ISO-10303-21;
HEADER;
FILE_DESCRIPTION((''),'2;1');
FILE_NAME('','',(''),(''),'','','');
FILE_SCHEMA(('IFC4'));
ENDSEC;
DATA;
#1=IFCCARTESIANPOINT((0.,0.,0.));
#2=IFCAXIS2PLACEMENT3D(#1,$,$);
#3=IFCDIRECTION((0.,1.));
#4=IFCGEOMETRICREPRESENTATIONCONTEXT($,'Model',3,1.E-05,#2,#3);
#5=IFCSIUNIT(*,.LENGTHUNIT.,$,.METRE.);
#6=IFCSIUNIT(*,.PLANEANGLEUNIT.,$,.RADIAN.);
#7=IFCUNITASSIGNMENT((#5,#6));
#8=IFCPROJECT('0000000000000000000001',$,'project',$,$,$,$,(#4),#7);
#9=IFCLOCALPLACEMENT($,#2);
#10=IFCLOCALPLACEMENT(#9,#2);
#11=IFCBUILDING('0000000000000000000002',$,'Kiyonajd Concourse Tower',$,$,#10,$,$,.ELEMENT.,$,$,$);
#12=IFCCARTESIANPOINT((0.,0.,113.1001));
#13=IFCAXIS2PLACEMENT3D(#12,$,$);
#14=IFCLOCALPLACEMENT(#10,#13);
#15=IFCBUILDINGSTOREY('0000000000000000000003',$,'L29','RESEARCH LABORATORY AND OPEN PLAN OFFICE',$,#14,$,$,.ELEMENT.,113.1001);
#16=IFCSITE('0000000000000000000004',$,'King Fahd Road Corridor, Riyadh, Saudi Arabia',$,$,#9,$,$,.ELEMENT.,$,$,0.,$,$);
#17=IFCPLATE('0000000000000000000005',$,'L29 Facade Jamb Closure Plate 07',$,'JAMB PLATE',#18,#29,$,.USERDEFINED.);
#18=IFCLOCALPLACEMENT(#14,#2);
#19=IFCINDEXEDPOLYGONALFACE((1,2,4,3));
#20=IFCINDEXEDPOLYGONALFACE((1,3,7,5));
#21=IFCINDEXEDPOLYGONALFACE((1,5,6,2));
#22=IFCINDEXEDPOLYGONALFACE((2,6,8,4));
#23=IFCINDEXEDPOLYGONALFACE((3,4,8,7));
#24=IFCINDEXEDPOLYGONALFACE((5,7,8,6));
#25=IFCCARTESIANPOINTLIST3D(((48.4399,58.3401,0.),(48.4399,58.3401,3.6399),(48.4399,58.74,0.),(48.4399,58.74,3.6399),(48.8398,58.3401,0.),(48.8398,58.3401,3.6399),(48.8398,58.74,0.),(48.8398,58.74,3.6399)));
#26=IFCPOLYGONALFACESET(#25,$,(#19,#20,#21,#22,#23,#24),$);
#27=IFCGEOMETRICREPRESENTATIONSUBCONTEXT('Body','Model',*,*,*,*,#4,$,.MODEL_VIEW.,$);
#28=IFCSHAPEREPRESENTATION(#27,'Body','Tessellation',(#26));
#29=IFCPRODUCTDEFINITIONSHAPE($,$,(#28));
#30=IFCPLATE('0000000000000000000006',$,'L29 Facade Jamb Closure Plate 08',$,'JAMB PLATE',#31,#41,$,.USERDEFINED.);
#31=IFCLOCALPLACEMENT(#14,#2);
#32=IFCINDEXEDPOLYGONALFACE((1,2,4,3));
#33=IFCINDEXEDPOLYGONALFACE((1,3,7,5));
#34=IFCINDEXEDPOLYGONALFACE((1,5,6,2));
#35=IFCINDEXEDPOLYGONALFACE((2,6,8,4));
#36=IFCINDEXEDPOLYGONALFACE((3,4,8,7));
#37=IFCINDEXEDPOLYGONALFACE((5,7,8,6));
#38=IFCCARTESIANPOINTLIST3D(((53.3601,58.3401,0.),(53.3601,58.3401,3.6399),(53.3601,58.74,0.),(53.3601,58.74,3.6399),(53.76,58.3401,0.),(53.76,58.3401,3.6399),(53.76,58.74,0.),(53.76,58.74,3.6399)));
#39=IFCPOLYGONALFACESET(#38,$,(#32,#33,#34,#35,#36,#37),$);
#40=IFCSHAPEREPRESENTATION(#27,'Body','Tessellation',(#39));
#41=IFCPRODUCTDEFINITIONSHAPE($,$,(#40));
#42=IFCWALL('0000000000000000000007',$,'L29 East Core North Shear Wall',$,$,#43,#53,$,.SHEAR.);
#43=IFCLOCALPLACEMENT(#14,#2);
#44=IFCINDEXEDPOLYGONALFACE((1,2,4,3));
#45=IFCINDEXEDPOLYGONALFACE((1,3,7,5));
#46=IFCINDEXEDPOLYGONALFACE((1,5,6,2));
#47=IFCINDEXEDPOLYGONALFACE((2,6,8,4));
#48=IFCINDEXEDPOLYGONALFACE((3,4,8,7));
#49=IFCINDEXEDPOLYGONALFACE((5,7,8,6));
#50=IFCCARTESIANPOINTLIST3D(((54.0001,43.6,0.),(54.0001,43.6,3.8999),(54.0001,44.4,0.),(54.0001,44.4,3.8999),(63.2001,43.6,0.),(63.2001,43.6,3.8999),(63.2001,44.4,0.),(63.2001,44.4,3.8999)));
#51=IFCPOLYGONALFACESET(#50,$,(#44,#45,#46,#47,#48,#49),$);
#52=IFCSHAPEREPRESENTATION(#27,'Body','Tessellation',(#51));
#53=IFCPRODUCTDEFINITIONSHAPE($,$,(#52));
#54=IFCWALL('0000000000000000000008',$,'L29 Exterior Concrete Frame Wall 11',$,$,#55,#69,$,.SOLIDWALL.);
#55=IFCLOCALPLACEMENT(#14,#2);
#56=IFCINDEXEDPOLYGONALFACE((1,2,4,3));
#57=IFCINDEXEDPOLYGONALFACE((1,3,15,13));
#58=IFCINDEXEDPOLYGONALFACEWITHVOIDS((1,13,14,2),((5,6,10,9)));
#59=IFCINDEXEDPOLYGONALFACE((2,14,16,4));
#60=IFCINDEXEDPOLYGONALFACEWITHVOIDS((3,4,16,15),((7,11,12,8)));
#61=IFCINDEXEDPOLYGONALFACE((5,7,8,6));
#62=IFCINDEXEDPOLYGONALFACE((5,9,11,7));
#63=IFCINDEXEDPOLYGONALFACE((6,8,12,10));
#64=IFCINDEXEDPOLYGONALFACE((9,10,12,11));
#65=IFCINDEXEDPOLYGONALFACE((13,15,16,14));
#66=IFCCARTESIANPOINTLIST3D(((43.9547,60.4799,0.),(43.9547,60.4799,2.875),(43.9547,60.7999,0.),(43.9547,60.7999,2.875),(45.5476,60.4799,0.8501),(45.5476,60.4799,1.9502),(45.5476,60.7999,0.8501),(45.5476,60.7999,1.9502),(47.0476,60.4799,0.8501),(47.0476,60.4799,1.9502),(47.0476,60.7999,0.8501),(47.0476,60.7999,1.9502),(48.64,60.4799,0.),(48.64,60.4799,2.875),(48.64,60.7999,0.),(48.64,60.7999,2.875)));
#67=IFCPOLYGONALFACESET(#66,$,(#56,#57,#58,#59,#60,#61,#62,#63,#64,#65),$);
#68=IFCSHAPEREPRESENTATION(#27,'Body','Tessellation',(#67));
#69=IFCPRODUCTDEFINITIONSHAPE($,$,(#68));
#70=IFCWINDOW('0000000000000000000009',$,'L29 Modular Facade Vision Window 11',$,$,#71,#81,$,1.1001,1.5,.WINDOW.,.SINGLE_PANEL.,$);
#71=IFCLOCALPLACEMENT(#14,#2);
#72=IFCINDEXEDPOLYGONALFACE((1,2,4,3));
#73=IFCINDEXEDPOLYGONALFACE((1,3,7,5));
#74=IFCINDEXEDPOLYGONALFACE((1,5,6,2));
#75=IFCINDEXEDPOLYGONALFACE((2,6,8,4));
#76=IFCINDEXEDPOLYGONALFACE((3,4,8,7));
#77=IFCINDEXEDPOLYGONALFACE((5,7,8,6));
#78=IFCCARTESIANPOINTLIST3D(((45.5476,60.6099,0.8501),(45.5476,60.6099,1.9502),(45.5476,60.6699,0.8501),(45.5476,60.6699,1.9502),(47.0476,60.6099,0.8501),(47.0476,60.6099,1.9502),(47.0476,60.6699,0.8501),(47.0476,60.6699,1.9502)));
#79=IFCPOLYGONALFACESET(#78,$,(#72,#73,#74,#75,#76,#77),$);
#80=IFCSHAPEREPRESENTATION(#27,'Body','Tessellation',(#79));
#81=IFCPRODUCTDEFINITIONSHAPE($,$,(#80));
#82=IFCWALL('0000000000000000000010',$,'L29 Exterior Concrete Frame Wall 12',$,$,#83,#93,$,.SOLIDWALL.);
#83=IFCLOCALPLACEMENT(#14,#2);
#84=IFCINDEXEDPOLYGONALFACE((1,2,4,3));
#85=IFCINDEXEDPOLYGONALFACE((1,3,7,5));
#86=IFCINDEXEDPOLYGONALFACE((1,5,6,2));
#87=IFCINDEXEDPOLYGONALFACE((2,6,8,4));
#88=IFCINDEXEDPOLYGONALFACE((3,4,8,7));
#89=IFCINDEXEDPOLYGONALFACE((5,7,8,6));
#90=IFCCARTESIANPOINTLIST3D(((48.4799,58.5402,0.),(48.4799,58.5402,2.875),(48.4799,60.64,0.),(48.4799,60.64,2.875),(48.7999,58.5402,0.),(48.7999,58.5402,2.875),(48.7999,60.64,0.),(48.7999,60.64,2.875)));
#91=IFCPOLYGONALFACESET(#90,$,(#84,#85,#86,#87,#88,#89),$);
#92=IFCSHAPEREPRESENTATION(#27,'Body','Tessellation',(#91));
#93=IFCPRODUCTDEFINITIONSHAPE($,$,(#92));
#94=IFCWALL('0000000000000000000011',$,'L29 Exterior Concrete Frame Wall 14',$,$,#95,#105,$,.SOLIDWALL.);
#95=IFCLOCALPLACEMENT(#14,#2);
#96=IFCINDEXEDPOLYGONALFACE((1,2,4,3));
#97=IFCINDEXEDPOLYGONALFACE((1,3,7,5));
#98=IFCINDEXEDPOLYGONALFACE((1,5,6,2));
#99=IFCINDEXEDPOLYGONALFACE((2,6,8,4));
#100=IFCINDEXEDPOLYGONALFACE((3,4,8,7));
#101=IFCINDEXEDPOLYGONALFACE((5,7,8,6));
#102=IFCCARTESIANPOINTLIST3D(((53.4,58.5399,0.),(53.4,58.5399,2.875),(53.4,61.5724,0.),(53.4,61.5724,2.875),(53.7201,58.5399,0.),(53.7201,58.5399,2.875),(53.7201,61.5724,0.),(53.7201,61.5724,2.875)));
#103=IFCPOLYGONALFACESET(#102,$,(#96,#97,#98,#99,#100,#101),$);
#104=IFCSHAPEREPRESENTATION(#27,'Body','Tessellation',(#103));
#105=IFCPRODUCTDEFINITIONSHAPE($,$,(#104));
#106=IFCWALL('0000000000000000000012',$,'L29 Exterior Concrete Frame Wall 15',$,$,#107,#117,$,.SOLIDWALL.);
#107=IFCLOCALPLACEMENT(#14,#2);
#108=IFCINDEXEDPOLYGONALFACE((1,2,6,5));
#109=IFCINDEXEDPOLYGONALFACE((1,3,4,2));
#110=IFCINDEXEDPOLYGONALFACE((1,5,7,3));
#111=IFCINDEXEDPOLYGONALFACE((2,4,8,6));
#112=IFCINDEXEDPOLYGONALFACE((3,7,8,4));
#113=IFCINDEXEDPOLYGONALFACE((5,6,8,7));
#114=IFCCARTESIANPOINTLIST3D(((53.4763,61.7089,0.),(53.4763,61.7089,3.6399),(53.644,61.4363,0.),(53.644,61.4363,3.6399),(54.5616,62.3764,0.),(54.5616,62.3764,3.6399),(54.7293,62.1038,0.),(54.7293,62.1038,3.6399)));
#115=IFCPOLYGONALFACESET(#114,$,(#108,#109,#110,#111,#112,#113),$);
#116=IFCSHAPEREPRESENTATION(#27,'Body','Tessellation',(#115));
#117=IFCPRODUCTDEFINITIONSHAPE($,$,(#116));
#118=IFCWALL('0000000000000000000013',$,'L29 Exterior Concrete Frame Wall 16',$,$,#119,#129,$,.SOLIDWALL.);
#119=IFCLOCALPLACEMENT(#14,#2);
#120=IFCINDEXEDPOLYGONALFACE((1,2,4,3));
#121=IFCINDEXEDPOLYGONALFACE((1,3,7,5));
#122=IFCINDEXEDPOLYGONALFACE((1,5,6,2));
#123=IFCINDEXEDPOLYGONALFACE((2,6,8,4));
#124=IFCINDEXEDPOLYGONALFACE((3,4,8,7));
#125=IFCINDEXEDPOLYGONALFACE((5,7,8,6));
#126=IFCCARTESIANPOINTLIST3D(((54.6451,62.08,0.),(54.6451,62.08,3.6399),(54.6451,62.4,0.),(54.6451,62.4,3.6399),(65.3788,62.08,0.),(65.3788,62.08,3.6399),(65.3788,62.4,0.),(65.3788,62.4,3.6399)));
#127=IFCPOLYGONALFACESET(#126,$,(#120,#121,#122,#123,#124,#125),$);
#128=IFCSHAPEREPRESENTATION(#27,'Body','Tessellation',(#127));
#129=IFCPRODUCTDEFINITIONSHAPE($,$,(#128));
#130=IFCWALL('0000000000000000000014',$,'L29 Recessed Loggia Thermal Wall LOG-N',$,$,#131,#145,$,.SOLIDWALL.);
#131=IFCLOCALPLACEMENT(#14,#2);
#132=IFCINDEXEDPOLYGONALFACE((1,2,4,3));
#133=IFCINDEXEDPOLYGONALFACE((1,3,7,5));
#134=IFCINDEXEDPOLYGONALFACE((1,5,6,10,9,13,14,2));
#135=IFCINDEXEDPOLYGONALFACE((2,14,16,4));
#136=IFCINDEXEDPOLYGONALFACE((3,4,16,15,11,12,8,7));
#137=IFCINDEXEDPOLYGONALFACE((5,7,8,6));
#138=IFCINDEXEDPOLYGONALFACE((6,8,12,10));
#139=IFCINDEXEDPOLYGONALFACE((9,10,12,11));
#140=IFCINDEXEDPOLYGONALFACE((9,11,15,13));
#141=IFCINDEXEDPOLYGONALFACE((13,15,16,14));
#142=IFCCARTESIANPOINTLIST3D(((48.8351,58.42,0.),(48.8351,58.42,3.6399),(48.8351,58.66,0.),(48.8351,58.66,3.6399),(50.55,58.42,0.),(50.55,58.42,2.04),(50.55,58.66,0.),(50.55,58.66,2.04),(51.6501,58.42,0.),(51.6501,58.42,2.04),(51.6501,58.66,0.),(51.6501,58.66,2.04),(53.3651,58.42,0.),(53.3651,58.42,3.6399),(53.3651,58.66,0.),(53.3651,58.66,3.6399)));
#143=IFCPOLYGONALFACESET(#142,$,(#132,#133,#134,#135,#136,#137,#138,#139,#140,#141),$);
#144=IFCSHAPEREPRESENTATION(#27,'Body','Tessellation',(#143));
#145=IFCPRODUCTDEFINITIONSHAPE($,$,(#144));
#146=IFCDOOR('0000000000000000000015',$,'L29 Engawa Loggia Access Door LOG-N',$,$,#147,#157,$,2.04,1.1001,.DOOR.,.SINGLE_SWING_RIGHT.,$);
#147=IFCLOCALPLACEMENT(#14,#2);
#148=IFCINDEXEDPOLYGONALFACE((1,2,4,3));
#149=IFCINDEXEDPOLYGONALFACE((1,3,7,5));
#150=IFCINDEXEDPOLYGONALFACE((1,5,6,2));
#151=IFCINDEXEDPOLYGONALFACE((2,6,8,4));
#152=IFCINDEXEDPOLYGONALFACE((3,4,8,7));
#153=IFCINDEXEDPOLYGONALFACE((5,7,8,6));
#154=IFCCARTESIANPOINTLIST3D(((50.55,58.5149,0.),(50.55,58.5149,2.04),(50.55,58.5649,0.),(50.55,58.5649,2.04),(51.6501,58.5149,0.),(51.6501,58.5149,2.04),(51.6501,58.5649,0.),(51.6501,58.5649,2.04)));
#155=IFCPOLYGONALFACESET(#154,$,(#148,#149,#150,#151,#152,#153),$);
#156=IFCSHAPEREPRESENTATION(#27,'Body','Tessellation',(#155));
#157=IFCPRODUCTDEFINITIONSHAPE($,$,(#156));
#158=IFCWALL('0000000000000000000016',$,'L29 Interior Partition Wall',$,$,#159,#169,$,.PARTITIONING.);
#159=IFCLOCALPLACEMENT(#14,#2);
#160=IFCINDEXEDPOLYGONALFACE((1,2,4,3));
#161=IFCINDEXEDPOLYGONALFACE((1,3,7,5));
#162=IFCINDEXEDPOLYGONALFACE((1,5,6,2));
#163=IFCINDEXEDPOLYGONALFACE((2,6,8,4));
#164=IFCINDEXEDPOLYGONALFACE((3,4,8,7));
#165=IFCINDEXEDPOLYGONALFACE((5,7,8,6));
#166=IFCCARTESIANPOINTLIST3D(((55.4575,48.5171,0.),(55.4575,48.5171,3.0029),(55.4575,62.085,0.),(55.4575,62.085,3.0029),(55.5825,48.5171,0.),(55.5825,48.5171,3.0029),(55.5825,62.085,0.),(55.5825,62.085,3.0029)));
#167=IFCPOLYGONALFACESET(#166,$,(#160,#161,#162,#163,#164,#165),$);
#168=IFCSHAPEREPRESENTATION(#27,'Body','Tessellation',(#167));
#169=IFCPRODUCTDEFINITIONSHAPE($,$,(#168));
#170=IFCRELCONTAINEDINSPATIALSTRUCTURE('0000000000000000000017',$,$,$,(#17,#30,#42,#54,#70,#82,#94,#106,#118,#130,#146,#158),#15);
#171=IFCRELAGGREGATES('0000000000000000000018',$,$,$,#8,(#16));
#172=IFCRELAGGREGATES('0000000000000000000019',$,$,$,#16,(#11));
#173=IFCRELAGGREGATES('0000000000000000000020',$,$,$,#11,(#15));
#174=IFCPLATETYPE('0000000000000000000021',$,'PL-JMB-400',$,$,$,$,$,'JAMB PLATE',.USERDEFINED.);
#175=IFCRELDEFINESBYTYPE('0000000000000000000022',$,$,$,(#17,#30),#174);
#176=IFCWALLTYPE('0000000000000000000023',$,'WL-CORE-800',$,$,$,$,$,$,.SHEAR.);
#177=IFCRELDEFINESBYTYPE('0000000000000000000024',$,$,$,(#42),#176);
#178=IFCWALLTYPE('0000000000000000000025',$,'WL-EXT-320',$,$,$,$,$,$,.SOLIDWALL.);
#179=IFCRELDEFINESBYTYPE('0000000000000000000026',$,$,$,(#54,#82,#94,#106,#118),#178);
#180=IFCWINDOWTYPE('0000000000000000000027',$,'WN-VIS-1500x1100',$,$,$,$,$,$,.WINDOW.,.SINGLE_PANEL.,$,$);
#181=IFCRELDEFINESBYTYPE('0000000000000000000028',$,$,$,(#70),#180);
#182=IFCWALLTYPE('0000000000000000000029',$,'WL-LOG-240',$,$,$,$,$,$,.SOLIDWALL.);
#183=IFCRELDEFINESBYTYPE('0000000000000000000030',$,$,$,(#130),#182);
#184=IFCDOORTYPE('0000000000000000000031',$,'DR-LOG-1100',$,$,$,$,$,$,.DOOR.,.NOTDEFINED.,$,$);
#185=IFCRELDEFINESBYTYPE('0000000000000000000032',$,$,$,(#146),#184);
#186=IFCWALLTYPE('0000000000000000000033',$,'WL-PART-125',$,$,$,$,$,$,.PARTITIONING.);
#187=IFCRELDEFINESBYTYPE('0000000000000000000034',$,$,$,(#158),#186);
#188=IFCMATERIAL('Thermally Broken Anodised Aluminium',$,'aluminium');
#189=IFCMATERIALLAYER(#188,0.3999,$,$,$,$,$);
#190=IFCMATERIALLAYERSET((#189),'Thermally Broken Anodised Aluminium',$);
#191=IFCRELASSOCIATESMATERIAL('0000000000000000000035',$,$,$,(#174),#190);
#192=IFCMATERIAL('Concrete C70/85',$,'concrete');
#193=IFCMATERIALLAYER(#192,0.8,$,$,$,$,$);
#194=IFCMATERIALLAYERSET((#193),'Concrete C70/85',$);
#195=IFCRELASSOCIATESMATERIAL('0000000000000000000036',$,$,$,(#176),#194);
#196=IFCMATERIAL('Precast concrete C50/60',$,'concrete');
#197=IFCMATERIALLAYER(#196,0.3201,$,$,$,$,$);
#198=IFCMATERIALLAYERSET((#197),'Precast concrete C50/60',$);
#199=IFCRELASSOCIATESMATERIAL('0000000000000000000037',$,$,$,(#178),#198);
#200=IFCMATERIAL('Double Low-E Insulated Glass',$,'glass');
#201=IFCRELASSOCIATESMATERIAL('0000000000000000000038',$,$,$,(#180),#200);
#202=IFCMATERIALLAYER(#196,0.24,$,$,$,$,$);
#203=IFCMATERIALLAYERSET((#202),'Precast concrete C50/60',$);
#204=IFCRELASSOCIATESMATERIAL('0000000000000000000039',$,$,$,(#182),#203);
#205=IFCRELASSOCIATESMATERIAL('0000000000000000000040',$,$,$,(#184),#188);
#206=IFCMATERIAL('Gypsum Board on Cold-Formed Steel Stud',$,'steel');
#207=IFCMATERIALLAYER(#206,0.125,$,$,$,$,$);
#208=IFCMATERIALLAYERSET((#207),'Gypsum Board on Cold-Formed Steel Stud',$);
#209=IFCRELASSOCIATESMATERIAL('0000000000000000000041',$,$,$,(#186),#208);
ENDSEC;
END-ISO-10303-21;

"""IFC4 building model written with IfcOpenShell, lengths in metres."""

from ifc_helpers import new_model, si_unit, direction, frame, frame_2d, origin, origin_2d, place, context, subcontext, project, spatial, rectangle, extrude, material, layer, layer_set, type_object, element, fill, save


model = new_model("IFC4")

# Units and contexts
model_context = context("Model", 3, precision=1e-05, world=origin(), true_north=direction((0.0, 1.0)))
body_context = subcontext(model_context, "Body", "Model", "MODEL_VIEW")
ifc_project = project(units=[si_unit("LENGTHUNIT", "METRE"), si_unit("PLANEANGLEUNIT", "RADIAN")], contexts=[model_context])

# Site, building, storey
site_placement = place(None, origin())
site = spatial("IfcSite", under=ifc_project, at=site_placement, Name="King Fahd Road Corridor, Riyadh, Saudi Arabia", CompositionType="ELEMENT", RefElevation=0.0)
building_placement = place(site_placement, origin())
building = spatial("IfcBuilding", under=site, at=building_placement, Name="Kiyonajd Concourse Tower", CompositionType="ELEMENT")
storey_placement = place(building_placement, frame((0.0, 0.0, 113.1001)))
storey = spatial("IfcBuildingStorey", under=building, at=storey_placement, Name="L29", Description="RESEARCH LABORATORY AND OPEN PLAN OFFICE", CompositionType="ELEMENT", Elevation=113.1001)

# Shared definitions
ifc_material_1 = material(Name="Concrete C70/85", Category="concrete")

# Shared definitions
ifc_material_2 = material(Name="Precast concrete C50/60", Category="concrete")

# Plates
ifc_material_3 = material(Name="Thermally Broken Anodised Aluminium", Category="aluminium")
ifc_layer_1 = layer(ifc_material_3, 0.3999)
ifc_layer_set_1 = layer_set([ifc_layer_1], Name="Thermally Broken Anodised Aluminium")
plate_type = type_object("IfcPlateType", Name="PL-JMB-400", ElementType="JAMB PLATE", PredefinedType="USERDEFINED", material=ifc_layer_set_1)
for number, where, z_axis, x_axis, name in (
    (1, (48.6399, 58.54, 0.0), (0.0, 0.0, 1.0), (1.0, 0.0, 0.0), "L29 Facade Jamb Closure Plate 07"),
    (2, (53.5601, 58.54, 0.0), (0.0, 0.0, 1.0), (1.0, 0.0, 0.0), "L29 Facade Jamb Closure Plate 08"),
):
    element("IfcPlate", number, at=place(storey_placement, frame(where, z_axis=z_axis, x_axis=x_axis)), inside=storey, type_object=plate_type, Name=name, ObjectType="JAMB PLATE", PredefinedType="USERDEFINED", context=body_context, shape_type="SweptSolid", body=[
        extrude(rectangle(XDim=0.3999, YDim=0.3999, at=origin_2d()), origin(), (0.0, 0.0, 1.0), 3.6399),
    ])

# Wall
ifc_layer_2 = layer(ifc_material_1, 0.8)
ifc_layer_set_2 = layer_set([ifc_layer_2], Name="Concrete C70/85")
wall_type_1 = type_object("IfcWallType", Name="WL-CORE-800", PredefinedType="SHEAR", material=ifc_layer_set_2)
wall_1_placement = place(storey_placement, frame((54.0, 44.0, 0.0), z_axis=(0.0, 0.0, 1.0), x_axis=(1.0, 0.0, 0.0)))
element("IfcWall", 3, at=wall_1_placement, inside=storey, type_object=wall_type_1, Name="L29 East Core North Shear Wall", PredefinedType="SHEAR", context=body_context, shape_type="SweptSolid", body=[
    extrude(rectangle(XDim=9.2, YDim=0.8, at=frame_2d((4.6001, 0.0))), origin(), (0.0, 0.0, 1.0), 3.8999),
])

# Wall, opening, window
ifc_layer_3 = layer(ifc_material_2, 0.3201)
ifc_layer_set_3 = layer_set([ifc_layer_3], Name="Precast concrete C50/60")
wall_type_2 = type_object("IfcWallType", Name="WL-EXT-320", PredefinedType="SOLIDWALL", material=ifc_layer_set_3)
wall_2_placement = place(storey_placement, frame((43.9546, 60.6399, 0.0), z_axis=(0.0, 0.0, 1.0), x_axis=(1.0, 0.0, 0.0)))
wall_2 = element("IfcWall", 4, at=wall_2_placement, inside=storey, type_object=wall_type_2, Name="L29 Exterior Concrete Frame Wall 11", PredefinedType="SOLIDWALL", context=body_context, shape_type="SweptSolid", body=[
    extrude(rectangle(XDim=4.6853, YDim=0.3201, at=frame_2d((2.3428, 0.0))), origin(), (0.0, 0.0, 1.0), 2.875),
])
opening_1_placement = place(wall_2_placement, frame((1.593, 0.0, 0.8501)))
opening_1 = element("IfcOpeningElement", 5, at=opening_1_placement, cuts=wall_2, PredefinedType="OPENING", context=body_context, shape_type="SweptSolid", body=[
    extrude(rectangle(XDim=1.5, YDim=1.1001, at=frame_2d((0.75, 0.55))), frame((0.0, 0.1699, 0.0), z_axis=(0.0, -1.0, 0.0), x_axis=(1.0, 0.0, 0.0)), (0.0, 0.0, 1.0), 0.3401),
])
ifc_material_4 = material(Name="Double Low-E Insulated Glass", Category="glass")
window_type = type_object("IfcWindowType", Name="WN-VIS-1500x1100", PartitioningType="SINGLE_PANEL", PredefinedType="WINDOW", material=ifc_material_4)
window_placement = place(opening_1_placement, origin())
window = element("IfcWindow", 6, at=window_placement, inside=storey, type_object=window_type, Name="L29 Modular Facade Vision Window 11", OverallHeight=1.1001, OverallWidth=1.5, PartitioningType="SINGLE_PANEL", PredefinedType="WINDOW", context=body_context, shape_type="SweptSolid", body=[
    extrude(rectangle(XDim=1.5, YDim=1.1001, at=frame_2d((0.75, 0.55))), frame((0.0, 0.03, 0.0), z_axis=(0.0, -1.0, 0.0), x_axis=(1.0, 0.0, 0.0)), (0.0, 0.0, 1.0), 0.0601),
])
fill(opening_1, window)

# Walls
wall_3_placement = place(storey_placement, frame((48.6399, 60.6399, 0.0), z_axis=(0.0, 0.0, 1.0), x_axis=(0.0, -1.0, 0.0)))
element("IfcWall", 7, at=wall_3_placement, inside=storey, type_object=wall_type_2, Name="L29 Exterior Concrete Frame Wall 12", PredefinedType="SOLIDWALL", context=body_context, shape_type="SweptSolid", body=[
    extrude(rectangle(XDim=2.0999, YDim=0.3201, at=frame_2d((1.0498, 0.0))), origin(), (0.0, 0.0, 1.0), 2.875),
])
wall_4_placement = place(storey_placement, frame((53.5601, 58.54, 0.0), z_axis=(0.0, 0.0, 1.0), x_axis=(0.0, 1.0, 0.0)))
element("IfcWall", 8, at=wall_4_placement, inside=storey, type_object=wall_type_2, Name="L29 Exterior Concrete Frame Wall 14", PredefinedType="SOLIDWALL", context=body_context, shape_type="SweptSolid", body=[
    extrude(rectangle(XDim=3.0325, YDim=0.3201, at=frame_2d((1.5161, 0.0))), origin(), (0.0, 0.0, 1.0), 2.875),
])
wall_5_placement = place(storey_placement, frame((53.5601, 61.5725, 0.0), z_axis=(0.0, 0.0, 1.0), x_axis=(0.851777, 0.523905, 0.0)))
element("IfcWall", 9, at=wall_5_placement, inside=storey, type_object=wall_type_2, Name="L29 Exterior Concrete Frame Wall 15", PredefinedType="SOLIDWALL", context=body_context, shape_type="SweptSolid", body=[
    extrude(rectangle(XDim=1.2742, YDim=0.3201, at=frame_2d((0.6372, 0.0))), origin(), (0.0, 0.0, 1.0), 3.6399),
])
wall_6_placement = place(storey_placement, frame((54.6453, 62.24, 0.0), z_axis=(0.0, 0.0, 1.0), x_axis=(1.0, 0.0, 0.0)))
element("IfcWall", 10, at=wall_6_placement, inside=storey, type_object=wall_type_2, Name="L29 Exterior Concrete Frame Wall 16", PredefinedType="SOLIDWALL", context=body_context, shape_type="SweptSolid", body=[
    extrude(rectangle(XDim=10.7336, YDim=0.3201, at=frame_2d((5.3667, 0.0))), origin(), (0.0, 0.0, 1.0), 3.6399),
])

# Wall, opening, door
ifc_layer_4 = layer(ifc_material_2, 0.24)
ifc_layer_set_4 = layer_set([ifc_layer_4], Name="Precast concrete C50/60")
wall_type_3 = type_object("IfcWallType", Name="WL-LOG-240", PredefinedType="SOLIDWALL", material=ifc_layer_set_4)
wall_7_placement = place(storey_placement, frame((48.835, 58.54, 0.0), z_axis=(0.0, 0.0, 1.0), x_axis=(1.0, 0.0, 0.0)))
wall_7 = element("IfcWall", 11, at=wall_7_placement, inside=storey, type_object=wall_type_3, Name="L29 Recessed Loggia Thermal Wall LOG-N", PredefinedType="SOLIDWALL", context=body_context, shape_type="SweptSolid", body=[
    extrude(rectangle(XDim=4.53, YDim=0.24, at=frame_2d((2.2651, 0.0))), origin(), (0.0, 0.0, 1.0), 3.6399),
])
opening_2_placement = place(wall_7_placement, frame((1.7151, 0.0, 0.0)))
opening_2 = element("IfcOpeningElement", 12, at=opening_2_placement, cuts=wall_7, PredefinedType="OPENING", context=body_context, shape_type="SweptSolid", body=[
    extrude(rectangle(XDim=1.1001, YDim=2.04, at=frame_2d((0.55, 1.02))), frame((0.0, 0.1299, 0.0), z_axis=(0.0, -1.0, 0.0), x_axis=(1.0, 0.0, 0.0)), (0.0, 0.0, 1.0), 0.26),
])
door_type = type_object("IfcDoorType", Name="DR-LOG-1100", OperationType="NOTDEFINED", PredefinedType="DOOR", material=ifc_material_3)
door_placement = place(opening_2_placement, origin())
door = element("IfcDoor", 13, at=door_placement, inside=storey, type_object=door_type, Name="L29 Engawa Loggia Access Door LOG-N", OperationType="SINGLE_SWING_RIGHT", OverallHeight=2.04, OverallWidth=1.1001, PredefinedType="DOOR", context=body_context, shape_type="SweptSolid", body=[
    extrude(rectangle(XDim=1.1001, YDim=2.04, at=frame_2d((0.55, 1.02))), frame((0.0, 0.0249, 0.0), z_axis=(0.0, -1.0, 0.0), x_axis=(1.0, 0.0, 0.0)), (0.0, 0.0, 1.0), 0.05),
])
fill(opening_2, door)

# Wall
ifc_material_5 = material(Name="Gypsum Board on Cold-Formed Steel Stud", Category="steel")
ifc_layer_5 = layer(ifc_material_5, 0.125)
ifc_layer_set_5 = layer_set([ifc_layer_5], Name="Gypsum Board on Cold-Formed Steel Stud")
wall_type_4 = type_object("IfcWallType", Name="WL-PART-125", PredefinedType="PARTITIONING", material=ifc_layer_set_5)
wall_8_placement = place(storey_placement, frame((55.52, 48.5171, 0.0), z_axis=(0.0, 0.0, 1.0), x_axis=(0.0, 1.0, 0.0)))
element("IfcWall", 14, at=wall_8_placement, inside=storey, type_object=wall_type_4, Name="L29 Interior Partition Wall", PredefinedType="PARTITIONING", context=body_context, shape_type="SweptSolid", body=[
    extrude(rectangle(XDim=13.5679, YDim=0.125, at=frame_2d((6.7839, 0.0))), origin(), (0.0, 0.0, 1.0), 3.0029),
])

save(model, "model.ifc")
